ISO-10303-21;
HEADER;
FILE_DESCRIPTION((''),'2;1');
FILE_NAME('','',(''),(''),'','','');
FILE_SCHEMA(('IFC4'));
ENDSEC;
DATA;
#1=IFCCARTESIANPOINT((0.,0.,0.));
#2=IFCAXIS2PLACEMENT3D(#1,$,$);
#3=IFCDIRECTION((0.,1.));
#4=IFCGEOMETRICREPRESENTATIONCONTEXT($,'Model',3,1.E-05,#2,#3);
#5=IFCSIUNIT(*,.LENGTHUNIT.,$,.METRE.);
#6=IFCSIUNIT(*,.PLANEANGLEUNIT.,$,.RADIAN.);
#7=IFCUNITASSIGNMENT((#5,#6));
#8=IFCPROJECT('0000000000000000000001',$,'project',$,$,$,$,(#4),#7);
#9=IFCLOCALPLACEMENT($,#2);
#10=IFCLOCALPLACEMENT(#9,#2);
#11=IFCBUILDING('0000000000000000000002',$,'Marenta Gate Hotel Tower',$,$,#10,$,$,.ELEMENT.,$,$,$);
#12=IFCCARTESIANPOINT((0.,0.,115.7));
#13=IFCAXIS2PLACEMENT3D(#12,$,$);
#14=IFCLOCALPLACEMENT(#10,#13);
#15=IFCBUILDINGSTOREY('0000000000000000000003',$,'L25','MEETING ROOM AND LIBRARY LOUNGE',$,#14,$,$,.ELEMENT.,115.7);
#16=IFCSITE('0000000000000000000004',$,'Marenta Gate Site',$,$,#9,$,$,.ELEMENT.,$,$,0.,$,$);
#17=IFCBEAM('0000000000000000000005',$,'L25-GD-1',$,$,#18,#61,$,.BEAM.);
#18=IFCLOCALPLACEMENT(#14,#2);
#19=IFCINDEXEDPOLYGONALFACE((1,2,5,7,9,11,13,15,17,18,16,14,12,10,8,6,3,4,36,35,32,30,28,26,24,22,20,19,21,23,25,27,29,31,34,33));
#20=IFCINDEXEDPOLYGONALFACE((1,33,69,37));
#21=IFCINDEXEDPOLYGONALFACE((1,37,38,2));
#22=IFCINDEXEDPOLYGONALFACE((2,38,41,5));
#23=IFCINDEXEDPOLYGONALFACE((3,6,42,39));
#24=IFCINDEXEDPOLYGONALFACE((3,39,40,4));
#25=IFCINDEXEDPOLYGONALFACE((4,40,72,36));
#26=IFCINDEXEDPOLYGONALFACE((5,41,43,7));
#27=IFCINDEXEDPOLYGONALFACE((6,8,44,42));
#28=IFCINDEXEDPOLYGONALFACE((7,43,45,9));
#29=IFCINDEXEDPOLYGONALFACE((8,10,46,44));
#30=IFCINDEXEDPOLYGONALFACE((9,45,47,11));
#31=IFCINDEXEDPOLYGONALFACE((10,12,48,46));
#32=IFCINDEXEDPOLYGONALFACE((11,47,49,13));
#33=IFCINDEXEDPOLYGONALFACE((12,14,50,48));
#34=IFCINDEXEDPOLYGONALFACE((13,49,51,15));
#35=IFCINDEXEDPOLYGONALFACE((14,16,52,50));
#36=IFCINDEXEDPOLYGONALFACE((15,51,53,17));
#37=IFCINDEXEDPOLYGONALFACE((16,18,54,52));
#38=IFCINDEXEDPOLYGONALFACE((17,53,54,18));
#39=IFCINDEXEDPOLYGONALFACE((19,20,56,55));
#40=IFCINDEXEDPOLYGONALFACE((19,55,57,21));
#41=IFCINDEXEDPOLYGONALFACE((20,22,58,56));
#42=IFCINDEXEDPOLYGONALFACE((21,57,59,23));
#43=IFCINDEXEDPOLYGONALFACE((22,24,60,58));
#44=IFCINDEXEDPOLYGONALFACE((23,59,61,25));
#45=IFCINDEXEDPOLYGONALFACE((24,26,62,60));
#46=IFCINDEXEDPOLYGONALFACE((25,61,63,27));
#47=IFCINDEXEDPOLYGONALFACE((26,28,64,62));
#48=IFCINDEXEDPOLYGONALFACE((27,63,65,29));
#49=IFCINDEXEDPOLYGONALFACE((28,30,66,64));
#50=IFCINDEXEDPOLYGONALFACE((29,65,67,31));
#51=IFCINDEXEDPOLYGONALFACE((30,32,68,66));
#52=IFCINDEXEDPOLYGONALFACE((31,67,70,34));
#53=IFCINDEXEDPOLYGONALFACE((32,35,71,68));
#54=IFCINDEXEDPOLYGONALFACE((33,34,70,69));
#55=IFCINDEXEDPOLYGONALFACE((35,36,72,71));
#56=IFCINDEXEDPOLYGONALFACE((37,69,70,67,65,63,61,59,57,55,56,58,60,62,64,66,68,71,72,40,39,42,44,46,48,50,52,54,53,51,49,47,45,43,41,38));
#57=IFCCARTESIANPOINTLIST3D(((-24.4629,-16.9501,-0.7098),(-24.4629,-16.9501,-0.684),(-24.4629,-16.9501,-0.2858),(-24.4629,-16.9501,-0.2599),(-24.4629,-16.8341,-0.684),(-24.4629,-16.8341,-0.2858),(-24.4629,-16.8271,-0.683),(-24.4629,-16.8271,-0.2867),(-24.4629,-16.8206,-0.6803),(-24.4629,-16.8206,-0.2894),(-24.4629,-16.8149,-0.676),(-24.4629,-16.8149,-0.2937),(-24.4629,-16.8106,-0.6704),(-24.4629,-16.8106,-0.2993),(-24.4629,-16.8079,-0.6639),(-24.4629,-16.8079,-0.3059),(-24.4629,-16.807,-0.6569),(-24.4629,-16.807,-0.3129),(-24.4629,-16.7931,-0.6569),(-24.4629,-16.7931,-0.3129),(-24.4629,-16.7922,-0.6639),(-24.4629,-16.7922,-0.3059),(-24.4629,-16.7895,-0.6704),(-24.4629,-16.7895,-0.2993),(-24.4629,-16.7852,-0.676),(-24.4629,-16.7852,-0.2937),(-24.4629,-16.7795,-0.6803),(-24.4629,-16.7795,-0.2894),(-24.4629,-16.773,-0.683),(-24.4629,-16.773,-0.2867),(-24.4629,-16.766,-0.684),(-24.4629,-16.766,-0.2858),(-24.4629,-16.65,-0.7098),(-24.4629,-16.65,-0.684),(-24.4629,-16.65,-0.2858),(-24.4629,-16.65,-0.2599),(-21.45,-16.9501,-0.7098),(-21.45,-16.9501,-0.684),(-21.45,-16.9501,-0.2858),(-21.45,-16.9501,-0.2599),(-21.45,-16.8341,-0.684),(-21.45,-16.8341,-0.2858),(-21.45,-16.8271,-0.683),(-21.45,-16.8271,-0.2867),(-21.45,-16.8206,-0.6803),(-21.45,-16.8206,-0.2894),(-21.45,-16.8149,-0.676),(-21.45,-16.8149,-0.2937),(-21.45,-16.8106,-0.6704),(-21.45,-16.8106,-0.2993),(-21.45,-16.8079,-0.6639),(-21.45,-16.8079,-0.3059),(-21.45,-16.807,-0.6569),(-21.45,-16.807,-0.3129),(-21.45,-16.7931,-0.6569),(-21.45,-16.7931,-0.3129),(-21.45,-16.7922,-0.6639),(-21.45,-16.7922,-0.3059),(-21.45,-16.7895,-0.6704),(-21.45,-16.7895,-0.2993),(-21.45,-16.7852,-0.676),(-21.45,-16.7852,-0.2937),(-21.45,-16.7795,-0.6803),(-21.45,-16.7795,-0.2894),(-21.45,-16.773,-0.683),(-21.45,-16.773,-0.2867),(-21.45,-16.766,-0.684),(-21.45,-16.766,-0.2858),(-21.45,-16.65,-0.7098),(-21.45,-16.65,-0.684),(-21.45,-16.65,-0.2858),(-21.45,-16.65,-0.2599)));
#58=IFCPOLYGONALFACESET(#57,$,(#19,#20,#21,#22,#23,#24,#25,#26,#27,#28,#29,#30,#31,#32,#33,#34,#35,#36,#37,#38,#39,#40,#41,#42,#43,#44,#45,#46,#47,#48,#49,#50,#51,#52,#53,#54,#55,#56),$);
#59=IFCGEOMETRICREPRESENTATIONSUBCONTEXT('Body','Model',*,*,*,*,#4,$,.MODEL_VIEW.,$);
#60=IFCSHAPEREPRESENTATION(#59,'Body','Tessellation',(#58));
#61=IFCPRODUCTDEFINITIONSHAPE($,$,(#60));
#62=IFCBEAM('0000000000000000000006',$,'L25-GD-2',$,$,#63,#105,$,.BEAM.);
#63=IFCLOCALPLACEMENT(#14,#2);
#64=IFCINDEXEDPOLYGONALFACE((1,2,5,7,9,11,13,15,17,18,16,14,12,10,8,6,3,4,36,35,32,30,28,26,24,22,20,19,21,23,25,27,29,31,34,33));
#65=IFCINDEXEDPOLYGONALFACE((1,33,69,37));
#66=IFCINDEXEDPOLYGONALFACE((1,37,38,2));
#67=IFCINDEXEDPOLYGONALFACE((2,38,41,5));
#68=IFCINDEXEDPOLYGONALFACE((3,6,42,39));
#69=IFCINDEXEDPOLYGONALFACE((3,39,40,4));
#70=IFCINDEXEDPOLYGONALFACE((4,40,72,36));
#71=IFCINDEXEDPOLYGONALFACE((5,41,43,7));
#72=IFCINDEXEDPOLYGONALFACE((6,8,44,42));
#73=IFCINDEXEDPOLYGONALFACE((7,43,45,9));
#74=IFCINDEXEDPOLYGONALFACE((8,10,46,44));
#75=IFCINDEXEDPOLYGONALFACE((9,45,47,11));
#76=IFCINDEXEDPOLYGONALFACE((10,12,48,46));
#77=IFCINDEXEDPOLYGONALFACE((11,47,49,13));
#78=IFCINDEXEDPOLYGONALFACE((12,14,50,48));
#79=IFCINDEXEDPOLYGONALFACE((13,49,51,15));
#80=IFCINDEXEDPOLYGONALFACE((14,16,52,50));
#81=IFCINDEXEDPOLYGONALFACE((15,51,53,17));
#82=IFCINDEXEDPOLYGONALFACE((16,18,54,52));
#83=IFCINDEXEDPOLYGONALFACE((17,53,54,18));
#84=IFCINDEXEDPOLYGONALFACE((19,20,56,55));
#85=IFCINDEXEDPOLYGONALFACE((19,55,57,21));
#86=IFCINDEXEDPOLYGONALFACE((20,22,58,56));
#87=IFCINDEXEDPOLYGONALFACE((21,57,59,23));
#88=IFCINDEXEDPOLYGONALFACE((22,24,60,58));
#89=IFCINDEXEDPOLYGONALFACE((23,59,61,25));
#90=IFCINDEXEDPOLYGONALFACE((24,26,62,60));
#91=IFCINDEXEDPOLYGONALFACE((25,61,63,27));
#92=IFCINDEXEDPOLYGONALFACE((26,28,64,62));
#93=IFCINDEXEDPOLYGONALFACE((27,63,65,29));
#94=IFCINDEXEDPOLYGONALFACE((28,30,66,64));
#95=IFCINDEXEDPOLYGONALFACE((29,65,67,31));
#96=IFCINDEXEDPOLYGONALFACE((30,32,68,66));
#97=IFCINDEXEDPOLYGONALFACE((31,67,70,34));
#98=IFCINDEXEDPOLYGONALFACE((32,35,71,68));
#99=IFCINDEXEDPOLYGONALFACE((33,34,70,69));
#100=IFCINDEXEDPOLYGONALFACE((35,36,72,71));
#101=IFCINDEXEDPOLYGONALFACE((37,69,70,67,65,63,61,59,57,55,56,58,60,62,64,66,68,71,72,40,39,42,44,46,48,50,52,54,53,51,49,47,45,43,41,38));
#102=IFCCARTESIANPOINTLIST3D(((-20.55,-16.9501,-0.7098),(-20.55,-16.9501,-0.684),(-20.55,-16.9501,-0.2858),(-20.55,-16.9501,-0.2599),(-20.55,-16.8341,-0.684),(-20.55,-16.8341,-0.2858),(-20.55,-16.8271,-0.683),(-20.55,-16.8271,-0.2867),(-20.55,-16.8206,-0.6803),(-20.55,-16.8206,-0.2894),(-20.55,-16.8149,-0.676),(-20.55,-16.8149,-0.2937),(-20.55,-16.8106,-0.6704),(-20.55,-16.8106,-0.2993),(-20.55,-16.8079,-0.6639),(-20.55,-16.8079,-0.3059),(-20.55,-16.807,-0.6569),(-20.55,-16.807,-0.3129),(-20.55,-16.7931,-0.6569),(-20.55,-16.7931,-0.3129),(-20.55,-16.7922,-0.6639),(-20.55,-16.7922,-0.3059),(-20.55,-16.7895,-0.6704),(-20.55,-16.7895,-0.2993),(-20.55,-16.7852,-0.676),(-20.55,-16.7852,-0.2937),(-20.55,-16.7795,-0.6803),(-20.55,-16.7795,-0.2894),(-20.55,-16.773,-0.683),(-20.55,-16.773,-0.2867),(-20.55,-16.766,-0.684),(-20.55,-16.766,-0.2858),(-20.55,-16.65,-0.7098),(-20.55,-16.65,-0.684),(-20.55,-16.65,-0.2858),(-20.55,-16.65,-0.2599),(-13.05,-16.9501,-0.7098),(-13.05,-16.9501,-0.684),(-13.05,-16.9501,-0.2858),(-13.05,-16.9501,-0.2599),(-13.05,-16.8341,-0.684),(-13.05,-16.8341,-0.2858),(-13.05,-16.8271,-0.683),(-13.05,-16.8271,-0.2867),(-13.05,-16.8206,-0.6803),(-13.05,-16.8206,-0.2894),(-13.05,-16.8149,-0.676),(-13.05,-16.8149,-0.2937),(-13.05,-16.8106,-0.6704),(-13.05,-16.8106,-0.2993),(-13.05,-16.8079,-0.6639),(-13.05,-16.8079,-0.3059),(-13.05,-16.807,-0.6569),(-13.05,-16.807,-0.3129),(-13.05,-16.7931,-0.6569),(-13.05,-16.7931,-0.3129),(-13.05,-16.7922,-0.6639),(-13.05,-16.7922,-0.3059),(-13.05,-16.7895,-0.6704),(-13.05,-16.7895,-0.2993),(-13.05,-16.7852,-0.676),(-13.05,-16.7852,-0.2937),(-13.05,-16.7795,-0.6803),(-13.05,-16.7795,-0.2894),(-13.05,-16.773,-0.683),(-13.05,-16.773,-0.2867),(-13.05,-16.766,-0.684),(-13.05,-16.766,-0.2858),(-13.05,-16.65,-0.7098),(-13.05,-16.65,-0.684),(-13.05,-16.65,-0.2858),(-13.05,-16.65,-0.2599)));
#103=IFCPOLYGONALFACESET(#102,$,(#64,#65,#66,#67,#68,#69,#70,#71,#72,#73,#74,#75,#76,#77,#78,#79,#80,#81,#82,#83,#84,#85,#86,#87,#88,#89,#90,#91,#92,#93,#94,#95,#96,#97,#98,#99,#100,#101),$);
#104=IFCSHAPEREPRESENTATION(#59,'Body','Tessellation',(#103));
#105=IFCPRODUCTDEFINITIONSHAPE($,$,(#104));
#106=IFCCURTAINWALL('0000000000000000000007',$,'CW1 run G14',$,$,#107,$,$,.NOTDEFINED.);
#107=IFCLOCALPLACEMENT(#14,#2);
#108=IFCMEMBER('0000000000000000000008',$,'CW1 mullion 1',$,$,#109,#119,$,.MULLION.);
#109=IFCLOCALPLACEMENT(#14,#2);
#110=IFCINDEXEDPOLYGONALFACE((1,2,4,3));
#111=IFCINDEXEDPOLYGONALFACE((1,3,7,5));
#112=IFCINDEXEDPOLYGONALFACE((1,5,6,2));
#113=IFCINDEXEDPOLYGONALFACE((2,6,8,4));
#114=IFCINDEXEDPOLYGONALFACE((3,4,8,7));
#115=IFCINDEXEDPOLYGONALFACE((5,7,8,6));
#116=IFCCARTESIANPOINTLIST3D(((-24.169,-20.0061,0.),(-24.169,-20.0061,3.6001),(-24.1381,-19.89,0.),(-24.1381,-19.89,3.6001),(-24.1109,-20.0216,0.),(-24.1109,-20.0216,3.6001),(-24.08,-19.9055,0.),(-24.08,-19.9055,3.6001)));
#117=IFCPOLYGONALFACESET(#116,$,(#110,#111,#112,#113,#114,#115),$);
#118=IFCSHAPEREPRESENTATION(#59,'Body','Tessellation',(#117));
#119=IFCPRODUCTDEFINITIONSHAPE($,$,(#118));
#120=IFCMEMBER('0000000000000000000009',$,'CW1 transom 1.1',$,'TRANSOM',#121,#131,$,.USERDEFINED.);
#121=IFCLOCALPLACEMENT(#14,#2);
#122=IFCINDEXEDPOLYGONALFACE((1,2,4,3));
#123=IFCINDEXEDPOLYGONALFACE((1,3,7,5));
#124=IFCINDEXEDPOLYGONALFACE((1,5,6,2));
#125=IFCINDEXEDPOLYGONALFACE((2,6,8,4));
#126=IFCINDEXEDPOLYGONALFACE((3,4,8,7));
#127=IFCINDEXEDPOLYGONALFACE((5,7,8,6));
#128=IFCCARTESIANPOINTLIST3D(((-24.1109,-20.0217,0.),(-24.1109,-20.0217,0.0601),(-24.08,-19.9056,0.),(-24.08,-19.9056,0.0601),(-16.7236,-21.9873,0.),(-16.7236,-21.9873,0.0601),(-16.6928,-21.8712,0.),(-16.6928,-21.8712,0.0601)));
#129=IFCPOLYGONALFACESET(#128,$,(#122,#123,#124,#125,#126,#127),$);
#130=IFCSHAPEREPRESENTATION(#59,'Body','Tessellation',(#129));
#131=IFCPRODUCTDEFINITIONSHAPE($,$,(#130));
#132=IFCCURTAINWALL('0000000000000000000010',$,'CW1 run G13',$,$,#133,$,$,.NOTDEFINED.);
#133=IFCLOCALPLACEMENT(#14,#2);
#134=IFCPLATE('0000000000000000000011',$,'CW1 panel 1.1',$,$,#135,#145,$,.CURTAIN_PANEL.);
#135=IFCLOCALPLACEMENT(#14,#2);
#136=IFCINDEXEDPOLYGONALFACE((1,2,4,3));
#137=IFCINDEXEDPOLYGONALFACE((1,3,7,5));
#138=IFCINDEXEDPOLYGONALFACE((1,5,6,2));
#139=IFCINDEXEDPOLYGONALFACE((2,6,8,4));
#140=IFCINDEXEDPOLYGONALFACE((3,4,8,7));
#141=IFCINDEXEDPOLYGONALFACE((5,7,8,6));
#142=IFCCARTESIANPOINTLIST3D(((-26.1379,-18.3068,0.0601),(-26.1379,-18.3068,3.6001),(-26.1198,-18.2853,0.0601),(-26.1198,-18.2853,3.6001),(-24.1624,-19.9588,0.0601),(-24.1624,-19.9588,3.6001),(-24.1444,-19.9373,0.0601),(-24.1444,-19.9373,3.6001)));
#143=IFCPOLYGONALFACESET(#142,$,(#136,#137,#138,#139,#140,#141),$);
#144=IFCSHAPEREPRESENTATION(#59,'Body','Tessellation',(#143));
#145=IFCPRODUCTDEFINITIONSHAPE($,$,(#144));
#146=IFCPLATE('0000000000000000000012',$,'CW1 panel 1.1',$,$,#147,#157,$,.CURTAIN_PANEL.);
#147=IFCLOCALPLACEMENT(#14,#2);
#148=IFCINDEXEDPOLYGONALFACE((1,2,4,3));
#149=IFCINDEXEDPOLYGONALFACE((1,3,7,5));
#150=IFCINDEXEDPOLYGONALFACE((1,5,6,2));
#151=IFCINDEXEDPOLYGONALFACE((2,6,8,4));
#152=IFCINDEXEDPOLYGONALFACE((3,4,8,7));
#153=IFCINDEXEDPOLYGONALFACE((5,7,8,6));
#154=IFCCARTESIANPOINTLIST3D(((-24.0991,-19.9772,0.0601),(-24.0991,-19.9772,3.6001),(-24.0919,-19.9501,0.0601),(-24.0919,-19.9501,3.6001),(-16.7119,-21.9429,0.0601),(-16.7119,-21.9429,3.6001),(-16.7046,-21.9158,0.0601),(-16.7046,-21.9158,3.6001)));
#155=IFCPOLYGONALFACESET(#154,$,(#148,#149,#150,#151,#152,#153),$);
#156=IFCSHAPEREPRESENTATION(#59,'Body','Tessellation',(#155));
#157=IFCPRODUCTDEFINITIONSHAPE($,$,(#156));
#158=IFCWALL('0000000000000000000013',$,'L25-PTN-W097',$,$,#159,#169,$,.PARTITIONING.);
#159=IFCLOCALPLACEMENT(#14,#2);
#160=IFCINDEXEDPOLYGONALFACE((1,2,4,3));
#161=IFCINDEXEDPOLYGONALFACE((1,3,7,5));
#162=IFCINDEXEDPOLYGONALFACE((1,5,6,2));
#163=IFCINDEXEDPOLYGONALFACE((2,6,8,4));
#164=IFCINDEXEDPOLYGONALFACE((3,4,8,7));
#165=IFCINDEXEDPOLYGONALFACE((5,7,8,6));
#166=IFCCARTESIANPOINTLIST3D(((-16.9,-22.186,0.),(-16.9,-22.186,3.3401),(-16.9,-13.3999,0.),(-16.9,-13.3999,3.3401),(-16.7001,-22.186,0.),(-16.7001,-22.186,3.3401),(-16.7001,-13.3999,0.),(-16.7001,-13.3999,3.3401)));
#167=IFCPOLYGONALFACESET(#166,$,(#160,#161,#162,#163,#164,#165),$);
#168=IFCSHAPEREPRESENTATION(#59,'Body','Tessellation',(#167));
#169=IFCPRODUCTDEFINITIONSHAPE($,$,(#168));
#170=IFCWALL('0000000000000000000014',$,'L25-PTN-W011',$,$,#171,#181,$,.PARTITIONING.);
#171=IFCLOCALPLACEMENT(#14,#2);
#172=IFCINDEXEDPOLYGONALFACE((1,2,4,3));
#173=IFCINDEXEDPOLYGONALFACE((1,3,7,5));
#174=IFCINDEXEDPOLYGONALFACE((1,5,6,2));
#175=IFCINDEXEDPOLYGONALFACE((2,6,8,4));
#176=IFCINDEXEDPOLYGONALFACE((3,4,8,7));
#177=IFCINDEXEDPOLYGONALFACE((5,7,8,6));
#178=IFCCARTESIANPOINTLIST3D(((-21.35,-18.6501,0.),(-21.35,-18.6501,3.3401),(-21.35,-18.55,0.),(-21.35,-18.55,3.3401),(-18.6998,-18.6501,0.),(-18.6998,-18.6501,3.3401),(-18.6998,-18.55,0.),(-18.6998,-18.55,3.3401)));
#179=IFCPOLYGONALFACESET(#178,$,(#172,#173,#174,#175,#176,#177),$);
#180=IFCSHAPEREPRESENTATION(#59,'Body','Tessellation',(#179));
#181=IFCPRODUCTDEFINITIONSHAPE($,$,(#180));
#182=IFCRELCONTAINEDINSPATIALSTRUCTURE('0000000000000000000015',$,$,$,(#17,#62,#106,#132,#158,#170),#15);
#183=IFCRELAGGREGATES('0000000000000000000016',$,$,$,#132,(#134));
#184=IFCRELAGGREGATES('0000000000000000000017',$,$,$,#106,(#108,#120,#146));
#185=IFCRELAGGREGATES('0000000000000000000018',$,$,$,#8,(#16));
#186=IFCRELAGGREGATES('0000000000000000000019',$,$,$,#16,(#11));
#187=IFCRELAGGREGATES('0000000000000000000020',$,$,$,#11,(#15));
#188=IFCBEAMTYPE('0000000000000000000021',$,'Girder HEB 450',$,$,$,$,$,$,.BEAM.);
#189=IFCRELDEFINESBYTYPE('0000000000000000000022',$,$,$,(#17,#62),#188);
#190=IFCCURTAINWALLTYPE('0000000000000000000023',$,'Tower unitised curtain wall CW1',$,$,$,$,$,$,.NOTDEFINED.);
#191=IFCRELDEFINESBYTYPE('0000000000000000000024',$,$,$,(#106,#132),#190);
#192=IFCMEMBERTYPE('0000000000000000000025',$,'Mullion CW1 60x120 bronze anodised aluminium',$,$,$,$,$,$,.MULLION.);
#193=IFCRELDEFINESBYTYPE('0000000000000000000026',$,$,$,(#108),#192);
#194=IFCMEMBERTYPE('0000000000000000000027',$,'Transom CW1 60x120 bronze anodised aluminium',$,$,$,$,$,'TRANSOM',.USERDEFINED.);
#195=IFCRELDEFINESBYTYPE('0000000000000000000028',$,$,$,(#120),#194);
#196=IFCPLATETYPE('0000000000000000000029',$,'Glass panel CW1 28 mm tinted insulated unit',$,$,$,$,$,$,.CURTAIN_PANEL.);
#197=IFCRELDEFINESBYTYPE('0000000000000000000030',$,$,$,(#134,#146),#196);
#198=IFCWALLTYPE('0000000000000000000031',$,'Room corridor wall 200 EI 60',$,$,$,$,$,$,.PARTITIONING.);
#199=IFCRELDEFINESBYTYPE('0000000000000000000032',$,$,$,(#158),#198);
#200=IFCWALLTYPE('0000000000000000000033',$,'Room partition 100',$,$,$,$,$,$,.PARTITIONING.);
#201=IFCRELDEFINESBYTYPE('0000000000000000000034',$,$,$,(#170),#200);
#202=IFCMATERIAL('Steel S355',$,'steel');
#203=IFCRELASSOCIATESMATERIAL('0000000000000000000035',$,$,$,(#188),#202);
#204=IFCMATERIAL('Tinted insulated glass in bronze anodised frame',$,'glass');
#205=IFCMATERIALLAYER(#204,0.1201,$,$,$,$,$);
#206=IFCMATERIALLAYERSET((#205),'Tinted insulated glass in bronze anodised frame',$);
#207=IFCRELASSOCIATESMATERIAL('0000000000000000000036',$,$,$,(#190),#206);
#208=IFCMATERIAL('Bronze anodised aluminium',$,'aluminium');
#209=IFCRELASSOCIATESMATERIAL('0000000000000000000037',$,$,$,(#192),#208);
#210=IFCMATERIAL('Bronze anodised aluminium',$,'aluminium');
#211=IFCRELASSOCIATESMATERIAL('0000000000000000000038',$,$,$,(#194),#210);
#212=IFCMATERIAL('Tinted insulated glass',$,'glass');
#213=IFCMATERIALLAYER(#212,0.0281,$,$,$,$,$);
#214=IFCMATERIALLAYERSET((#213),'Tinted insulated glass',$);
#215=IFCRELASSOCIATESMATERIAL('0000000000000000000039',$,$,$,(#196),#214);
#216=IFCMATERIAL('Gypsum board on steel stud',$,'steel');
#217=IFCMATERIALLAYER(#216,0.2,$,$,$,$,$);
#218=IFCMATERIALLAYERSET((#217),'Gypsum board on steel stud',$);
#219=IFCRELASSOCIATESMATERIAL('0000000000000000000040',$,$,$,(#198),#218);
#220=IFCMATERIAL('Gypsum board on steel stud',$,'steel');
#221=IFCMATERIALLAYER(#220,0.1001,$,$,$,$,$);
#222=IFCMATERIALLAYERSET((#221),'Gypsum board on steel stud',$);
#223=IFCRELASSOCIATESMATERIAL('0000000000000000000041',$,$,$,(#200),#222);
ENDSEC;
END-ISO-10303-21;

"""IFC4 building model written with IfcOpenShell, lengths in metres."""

from ifc_helpers import new_model, si_unit, direction, frame, frame_2d, origin, origin_2d, place, context, subcontext, project, spatial, rectangle, i_section, extrude, material, layer, layer_set, material_profile, profile_set, type_object, element, aggregate, save


model = new_model("IFC4")

# Units and contexts
model_context = context("Model", 3, precision=1e-05, world=origin(), true_north=direction((0.0, 1.0)))
body_context = subcontext(model_context, "Body", "Model", "MODEL_VIEW")
ifc_project = project(units=[si_unit("LENGTHUNIT", "METRE"), si_unit("PLANEANGLEUNIT", "RADIAN")], contexts=[model_context])

# Site, building, storey
site_placement = place(None, origin())
site = spatial("IfcSite", under=ifc_project, at=site_placement, Name="Marenta Gate Site", CompositionType="ELEMENT", RefElevation=0.0)
building_placement = place(site_placement, origin())
building = spatial("IfcBuilding", under=site, at=building_placement, Name="Marenta Gate Hotel Tower", CompositionType="ELEMENT")
storey_placement = place(building_placement, frame((0.0, 0.0, 115.7)))
storey = spatial("IfcBuildingStorey", under=building, at=storey_placement, Name="L25", Description="MEETING ROOM AND LIBRARY LOUNGE", CompositionType="ELEMENT", Elevation=115.7)

# Beams
ifc_material_1 = material(Name="Steel S355", Category="steel")
ifc_material_profile_1 = material_profile(ifc_material_1, i_section(OverallWidth=0.3, OverallDepth=0.45, WebThickness=0.0139, FlangeThickness=0.0259, FilletRadius=0.0271, at=origin_2d()), Name="HEB 450")
ifc_profile_set_1 = profile_set([ifc_material_profile_1], Name="Steel S355")
beam_type_1 = type_object("IfcBeamType", Name="Girder HEB 450", PredefinedType="BEAM", material=ifc_profile_set_1)
beam_1_placement = place(storey_placement, frame((-24.4629, -16.8, -0.4849), z_axis=(1.0, 0.0, 0.0), x_axis=(0.0, 1.0, 0.0)))
element("IfcBeam", 1, at=beam_1_placement, inside=storey, type_object=beam_type_1, Name="L25-GD-1", PredefinedType="BEAM", context=body_context, shape_type="SweptSolid", body=[
    extrude(i_section(OverallWidth=0.3, OverallDepth=0.45, WebThickness=0.0139, FlangeThickness=0.0259, FilletRadius=0.0271, at=origin_2d()), origin(), (0.0, 0.0, 1.0), 3.0129),
])
beam_2_placement = place(storey_placement, frame((-20.55, -16.8, -0.4849), z_axis=(1.0, 0.0, 0.0), x_axis=(0.0, 1.0, 0.0)))
element("IfcBeam", 2, at=beam_2_placement, inside=storey, type_object=beam_type_1, Name="L25-GD-2", PredefinedType="BEAM", context=body_context, shape_type="SweptSolid", body=[
    extrude(i_section(OverallWidth=0.3, OverallDepth=0.45, WebThickness=0.0139, FlangeThickness=0.0259, FilletRadius=0.0271, at=origin_2d()), origin(), (0.0, 0.0, 1.0), 7.5),
])

# Curtain wall, members
ifc_material_2 = material(Name="Tinted insulated glass in bronze anodised frame", Category="glass")
ifc_layer_1 = layer(ifc_material_2, 0.1201)
ifc_layer_set_1 = layer_set([ifc_layer_1], Name="Tinted insulated glass in bronze anodised frame")
curtain_wall_type = type_object("IfcCurtainWallType", Name="Tower unitised curtain wall CW1", PredefinedType="NOTDEFINED", material=ifc_layer_set_1)
curtain_wall_1_placement = place(storey_placement, origin())
curtain_wall_1 = element("IfcCurtainWall", 3, at=curtain_wall_1_placement, inside=storey, type_object=curtain_wall_type, Name="CW1 run G14", PredefinedType="NOTDEFINED")
ifc_material_3 = material(Name="Bronze anodised aluminium", Category="aluminium")
ifc_material_profile_2 = material_profile(ifc_material_3, rectangle(XDim=0.1201, YDim=0.0601, at=origin_2d()), Name="Mullion CW1 60x120 bronze anodised aluminium")
ifc_profile_set_2 = profile_set([ifc_material_profile_2], Name="Bronze anodised aluminium")
member_type_1 = type_object("IfcMemberType", Name="Mullion CW1 60x120 bronze anodised aluminium", PredefinedType="MULLION", material=ifc_profile_set_2)
member_1_placement = place(storey_placement, frame((-24.1245, -19.9558, 0.0), z_axis=(0.0, 0.0, 1.0), x_axis=(0.257146, 0.966372, 0.0)))
member_1 = element("IfcMember", 4, at=member_1_placement, type_object=member_type_1, Name="CW1 mullion 1", PredefinedType="MULLION", context=body_context, shape_type="SweptSolid", body=[
    extrude(rectangle(XDim=0.1201, YDim=0.0601, at=origin_2d()), origin(), (0.0, 0.0, 1.0), 3.6001),
])
ifc_material_4 = material(Name="Bronze anodised aluminium", Category="aluminium")
ifc_material_profile_3 = material_profile(ifc_material_4, rectangle(XDim=0.1201, YDim=0.0601, at=origin_2d()), Name="Transom CW1 60x120 bronze anodised aluminium")
ifc_profile_set_3 = profile_set([ifc_material_profile_3], Name="Bronze anodised aluminium")
member_type_2 = type_object("IfcMemberType", Name="Transom CW1 60x120 bronze anodised aluminium", ElementType="TRANSOM", PredefinedType="USERDEFINED", material=ifc_profile_set_3)
member_2_placement = place(storey_placement, frame((-24.0955, -19.9636, 0.03), z_axis=(0.966376, -0.257132, 0.0), x_axis=(0.257132, 0.966376, 0.0)))
member_2 = element("IfcMember", 5, at=member_2_placement, type_object=member_type_2, Name="CW1 transom 1.1", ObjectType="TRANSOM", PredefinedType="USERDEFINED", context=body_context, shape_type="SweptSolid", body=[
    extrude(rectangle(XDim=0.1201, YDim=0.0601, at=origin_2d()), origin(), (0.0, 0.0, 1.0), 7.6443),
])

# Curtain wall, plate
curtain_wall_2_placement = place(storey_placement, origin())
curtain_wall_2 = element("IfcCurtainWall", 6, at=curtain_wall_2_placement, inside=storey, type_object=curtain_wall_type, Name="CW1 run G13", PredefinedType="NOTDEFINED")
ifc_material_5 = material(Name="Tinted insulated glass", Category="glass")
ifc_layer_2 = layer(ifc_material_5, 0.0281)
ifc_layer_set_2 = layer_set([ifc_layer_2], Name="Tinted insulated glass")
plate_type = type_object("IfcPlateType", Name="Glass panel CW1 28 mm tinted insulated unit", PredefinedType="CURTAIN_PANEL", material=ifc_layer_set_2)
plate_1_placement = place(storey_placement, frame((-25.1411, -19.1221, 0.0601), z_axis=(0.0, 0.0, 1.0), x_axis=(0.767113, -0.641512, 0.0)))
plate_1 = element("IfcPlate", 7, at=plate_1_placement, type_object=plate_type, Name="CW1 panel 1.1", PredefinedType="CURTAIN_PANEL", context=body_context, shape_type="SweptSolid", body=[
    extrude(rectangle(XDim=2.5752, YDim=0.0281, at=origin_2d()), origin(), (0.0, 0.0, 1.0), 3.54),
])
aggregate(curtain_wall_2, [plate_1])

# Plate
plate_2_placement = place(storey_placement, frame((-20.4019, -20.9465, 0.0601), z_axis=(0.0, 0.0, 1.0), x_axis=(0.966372, -0.257146, 0.0)))
plate_2 = element("IfcPlate", 8, at=plate_2_placement, type_object=plate_type, Name="CW1 panel 1.1", PredefinedType="CURTAIN_PANEL", context=body_context, shape_type="SweptSolid", body=[
    extrude(rectangle(XDim=7.6443, YDim=0.0281, at=origin_2d()), origin(), (0.0, 0.0, 1.0), 3.54),
])
aggregate(curtain_wall_1, [member_1, member_2, plate_2])

# Wall
ifc_material_6 = material(Name="Gypsum board on steel stud", Category="steel")
ifc_layer_3 = layer(ifc_material_6, 0.2)
ifc_layer_set_3 = layer_set([ifc_layer_3], Name="Gypsum board on steel stud")
wall_type_1 = type_object("IfcWallType", Name="Room corridor wall 200 EI 60", PredefinedType="PARTITIONING", material=ifc_layer_set_3)
wall_1_placement = place(storey_placement, frame((-16.8, -22.186, 0.0), z_axis=(0.0, 0.0, 1.0), x_axis=(0.0, 1.0, 0.0)))
element("IfcWall", 9, at=wall_1_placement, inside=storey, type_object=wall_type_1, Name="L25-PTN-W097", PredefinedType="PARTITIONING", context=body_context, shape_type="SweptSolid", body=[
    extrude(rectangle(XDim=8.7861, YDim=0.2, at=frame_2d((4.3931, 0.0))), origin(), (0.0, 0.0, 1.0), 3.3401),
])

# Wall
ifc_material_7 = material(Name="Gypsum board on steel stud", Category="steel")
ifc_layer_4 = layer(ifc_material_7, 0.1001)
ifc_layer_set_4 = layer_set([ifc_layer_4], Name="Gypsum board on steel stud")
wall_type_2 = type_object("IfcWallType", Name="Room partition 100", PredefinedType="PARTITIONING", material=ifc_layer_set_4)
wall_2_placement = place(storey_placement, frame((-21.3501, -18.6001, 0.0), z_axis=(0.0, 0.0, 1.0), x_axis=(1.0, 0.0, 0.0)))
element("IfcWall", 10, at=wall_2_placement, inside=storey, type_object=wall_type_2, Name="L25-PTN-W011", PredefinedType="PARTITIONING", context=body_context, shape_type="SweptSolid", body=[
    extrude(rectangle(XDim=2.6501, YDim=0.1001, at=frame_2d((1.3252, 0.0))), origin(), (0.0, 0.0, 1.0), 3.3401),
])

save(model, "model.ifc")
